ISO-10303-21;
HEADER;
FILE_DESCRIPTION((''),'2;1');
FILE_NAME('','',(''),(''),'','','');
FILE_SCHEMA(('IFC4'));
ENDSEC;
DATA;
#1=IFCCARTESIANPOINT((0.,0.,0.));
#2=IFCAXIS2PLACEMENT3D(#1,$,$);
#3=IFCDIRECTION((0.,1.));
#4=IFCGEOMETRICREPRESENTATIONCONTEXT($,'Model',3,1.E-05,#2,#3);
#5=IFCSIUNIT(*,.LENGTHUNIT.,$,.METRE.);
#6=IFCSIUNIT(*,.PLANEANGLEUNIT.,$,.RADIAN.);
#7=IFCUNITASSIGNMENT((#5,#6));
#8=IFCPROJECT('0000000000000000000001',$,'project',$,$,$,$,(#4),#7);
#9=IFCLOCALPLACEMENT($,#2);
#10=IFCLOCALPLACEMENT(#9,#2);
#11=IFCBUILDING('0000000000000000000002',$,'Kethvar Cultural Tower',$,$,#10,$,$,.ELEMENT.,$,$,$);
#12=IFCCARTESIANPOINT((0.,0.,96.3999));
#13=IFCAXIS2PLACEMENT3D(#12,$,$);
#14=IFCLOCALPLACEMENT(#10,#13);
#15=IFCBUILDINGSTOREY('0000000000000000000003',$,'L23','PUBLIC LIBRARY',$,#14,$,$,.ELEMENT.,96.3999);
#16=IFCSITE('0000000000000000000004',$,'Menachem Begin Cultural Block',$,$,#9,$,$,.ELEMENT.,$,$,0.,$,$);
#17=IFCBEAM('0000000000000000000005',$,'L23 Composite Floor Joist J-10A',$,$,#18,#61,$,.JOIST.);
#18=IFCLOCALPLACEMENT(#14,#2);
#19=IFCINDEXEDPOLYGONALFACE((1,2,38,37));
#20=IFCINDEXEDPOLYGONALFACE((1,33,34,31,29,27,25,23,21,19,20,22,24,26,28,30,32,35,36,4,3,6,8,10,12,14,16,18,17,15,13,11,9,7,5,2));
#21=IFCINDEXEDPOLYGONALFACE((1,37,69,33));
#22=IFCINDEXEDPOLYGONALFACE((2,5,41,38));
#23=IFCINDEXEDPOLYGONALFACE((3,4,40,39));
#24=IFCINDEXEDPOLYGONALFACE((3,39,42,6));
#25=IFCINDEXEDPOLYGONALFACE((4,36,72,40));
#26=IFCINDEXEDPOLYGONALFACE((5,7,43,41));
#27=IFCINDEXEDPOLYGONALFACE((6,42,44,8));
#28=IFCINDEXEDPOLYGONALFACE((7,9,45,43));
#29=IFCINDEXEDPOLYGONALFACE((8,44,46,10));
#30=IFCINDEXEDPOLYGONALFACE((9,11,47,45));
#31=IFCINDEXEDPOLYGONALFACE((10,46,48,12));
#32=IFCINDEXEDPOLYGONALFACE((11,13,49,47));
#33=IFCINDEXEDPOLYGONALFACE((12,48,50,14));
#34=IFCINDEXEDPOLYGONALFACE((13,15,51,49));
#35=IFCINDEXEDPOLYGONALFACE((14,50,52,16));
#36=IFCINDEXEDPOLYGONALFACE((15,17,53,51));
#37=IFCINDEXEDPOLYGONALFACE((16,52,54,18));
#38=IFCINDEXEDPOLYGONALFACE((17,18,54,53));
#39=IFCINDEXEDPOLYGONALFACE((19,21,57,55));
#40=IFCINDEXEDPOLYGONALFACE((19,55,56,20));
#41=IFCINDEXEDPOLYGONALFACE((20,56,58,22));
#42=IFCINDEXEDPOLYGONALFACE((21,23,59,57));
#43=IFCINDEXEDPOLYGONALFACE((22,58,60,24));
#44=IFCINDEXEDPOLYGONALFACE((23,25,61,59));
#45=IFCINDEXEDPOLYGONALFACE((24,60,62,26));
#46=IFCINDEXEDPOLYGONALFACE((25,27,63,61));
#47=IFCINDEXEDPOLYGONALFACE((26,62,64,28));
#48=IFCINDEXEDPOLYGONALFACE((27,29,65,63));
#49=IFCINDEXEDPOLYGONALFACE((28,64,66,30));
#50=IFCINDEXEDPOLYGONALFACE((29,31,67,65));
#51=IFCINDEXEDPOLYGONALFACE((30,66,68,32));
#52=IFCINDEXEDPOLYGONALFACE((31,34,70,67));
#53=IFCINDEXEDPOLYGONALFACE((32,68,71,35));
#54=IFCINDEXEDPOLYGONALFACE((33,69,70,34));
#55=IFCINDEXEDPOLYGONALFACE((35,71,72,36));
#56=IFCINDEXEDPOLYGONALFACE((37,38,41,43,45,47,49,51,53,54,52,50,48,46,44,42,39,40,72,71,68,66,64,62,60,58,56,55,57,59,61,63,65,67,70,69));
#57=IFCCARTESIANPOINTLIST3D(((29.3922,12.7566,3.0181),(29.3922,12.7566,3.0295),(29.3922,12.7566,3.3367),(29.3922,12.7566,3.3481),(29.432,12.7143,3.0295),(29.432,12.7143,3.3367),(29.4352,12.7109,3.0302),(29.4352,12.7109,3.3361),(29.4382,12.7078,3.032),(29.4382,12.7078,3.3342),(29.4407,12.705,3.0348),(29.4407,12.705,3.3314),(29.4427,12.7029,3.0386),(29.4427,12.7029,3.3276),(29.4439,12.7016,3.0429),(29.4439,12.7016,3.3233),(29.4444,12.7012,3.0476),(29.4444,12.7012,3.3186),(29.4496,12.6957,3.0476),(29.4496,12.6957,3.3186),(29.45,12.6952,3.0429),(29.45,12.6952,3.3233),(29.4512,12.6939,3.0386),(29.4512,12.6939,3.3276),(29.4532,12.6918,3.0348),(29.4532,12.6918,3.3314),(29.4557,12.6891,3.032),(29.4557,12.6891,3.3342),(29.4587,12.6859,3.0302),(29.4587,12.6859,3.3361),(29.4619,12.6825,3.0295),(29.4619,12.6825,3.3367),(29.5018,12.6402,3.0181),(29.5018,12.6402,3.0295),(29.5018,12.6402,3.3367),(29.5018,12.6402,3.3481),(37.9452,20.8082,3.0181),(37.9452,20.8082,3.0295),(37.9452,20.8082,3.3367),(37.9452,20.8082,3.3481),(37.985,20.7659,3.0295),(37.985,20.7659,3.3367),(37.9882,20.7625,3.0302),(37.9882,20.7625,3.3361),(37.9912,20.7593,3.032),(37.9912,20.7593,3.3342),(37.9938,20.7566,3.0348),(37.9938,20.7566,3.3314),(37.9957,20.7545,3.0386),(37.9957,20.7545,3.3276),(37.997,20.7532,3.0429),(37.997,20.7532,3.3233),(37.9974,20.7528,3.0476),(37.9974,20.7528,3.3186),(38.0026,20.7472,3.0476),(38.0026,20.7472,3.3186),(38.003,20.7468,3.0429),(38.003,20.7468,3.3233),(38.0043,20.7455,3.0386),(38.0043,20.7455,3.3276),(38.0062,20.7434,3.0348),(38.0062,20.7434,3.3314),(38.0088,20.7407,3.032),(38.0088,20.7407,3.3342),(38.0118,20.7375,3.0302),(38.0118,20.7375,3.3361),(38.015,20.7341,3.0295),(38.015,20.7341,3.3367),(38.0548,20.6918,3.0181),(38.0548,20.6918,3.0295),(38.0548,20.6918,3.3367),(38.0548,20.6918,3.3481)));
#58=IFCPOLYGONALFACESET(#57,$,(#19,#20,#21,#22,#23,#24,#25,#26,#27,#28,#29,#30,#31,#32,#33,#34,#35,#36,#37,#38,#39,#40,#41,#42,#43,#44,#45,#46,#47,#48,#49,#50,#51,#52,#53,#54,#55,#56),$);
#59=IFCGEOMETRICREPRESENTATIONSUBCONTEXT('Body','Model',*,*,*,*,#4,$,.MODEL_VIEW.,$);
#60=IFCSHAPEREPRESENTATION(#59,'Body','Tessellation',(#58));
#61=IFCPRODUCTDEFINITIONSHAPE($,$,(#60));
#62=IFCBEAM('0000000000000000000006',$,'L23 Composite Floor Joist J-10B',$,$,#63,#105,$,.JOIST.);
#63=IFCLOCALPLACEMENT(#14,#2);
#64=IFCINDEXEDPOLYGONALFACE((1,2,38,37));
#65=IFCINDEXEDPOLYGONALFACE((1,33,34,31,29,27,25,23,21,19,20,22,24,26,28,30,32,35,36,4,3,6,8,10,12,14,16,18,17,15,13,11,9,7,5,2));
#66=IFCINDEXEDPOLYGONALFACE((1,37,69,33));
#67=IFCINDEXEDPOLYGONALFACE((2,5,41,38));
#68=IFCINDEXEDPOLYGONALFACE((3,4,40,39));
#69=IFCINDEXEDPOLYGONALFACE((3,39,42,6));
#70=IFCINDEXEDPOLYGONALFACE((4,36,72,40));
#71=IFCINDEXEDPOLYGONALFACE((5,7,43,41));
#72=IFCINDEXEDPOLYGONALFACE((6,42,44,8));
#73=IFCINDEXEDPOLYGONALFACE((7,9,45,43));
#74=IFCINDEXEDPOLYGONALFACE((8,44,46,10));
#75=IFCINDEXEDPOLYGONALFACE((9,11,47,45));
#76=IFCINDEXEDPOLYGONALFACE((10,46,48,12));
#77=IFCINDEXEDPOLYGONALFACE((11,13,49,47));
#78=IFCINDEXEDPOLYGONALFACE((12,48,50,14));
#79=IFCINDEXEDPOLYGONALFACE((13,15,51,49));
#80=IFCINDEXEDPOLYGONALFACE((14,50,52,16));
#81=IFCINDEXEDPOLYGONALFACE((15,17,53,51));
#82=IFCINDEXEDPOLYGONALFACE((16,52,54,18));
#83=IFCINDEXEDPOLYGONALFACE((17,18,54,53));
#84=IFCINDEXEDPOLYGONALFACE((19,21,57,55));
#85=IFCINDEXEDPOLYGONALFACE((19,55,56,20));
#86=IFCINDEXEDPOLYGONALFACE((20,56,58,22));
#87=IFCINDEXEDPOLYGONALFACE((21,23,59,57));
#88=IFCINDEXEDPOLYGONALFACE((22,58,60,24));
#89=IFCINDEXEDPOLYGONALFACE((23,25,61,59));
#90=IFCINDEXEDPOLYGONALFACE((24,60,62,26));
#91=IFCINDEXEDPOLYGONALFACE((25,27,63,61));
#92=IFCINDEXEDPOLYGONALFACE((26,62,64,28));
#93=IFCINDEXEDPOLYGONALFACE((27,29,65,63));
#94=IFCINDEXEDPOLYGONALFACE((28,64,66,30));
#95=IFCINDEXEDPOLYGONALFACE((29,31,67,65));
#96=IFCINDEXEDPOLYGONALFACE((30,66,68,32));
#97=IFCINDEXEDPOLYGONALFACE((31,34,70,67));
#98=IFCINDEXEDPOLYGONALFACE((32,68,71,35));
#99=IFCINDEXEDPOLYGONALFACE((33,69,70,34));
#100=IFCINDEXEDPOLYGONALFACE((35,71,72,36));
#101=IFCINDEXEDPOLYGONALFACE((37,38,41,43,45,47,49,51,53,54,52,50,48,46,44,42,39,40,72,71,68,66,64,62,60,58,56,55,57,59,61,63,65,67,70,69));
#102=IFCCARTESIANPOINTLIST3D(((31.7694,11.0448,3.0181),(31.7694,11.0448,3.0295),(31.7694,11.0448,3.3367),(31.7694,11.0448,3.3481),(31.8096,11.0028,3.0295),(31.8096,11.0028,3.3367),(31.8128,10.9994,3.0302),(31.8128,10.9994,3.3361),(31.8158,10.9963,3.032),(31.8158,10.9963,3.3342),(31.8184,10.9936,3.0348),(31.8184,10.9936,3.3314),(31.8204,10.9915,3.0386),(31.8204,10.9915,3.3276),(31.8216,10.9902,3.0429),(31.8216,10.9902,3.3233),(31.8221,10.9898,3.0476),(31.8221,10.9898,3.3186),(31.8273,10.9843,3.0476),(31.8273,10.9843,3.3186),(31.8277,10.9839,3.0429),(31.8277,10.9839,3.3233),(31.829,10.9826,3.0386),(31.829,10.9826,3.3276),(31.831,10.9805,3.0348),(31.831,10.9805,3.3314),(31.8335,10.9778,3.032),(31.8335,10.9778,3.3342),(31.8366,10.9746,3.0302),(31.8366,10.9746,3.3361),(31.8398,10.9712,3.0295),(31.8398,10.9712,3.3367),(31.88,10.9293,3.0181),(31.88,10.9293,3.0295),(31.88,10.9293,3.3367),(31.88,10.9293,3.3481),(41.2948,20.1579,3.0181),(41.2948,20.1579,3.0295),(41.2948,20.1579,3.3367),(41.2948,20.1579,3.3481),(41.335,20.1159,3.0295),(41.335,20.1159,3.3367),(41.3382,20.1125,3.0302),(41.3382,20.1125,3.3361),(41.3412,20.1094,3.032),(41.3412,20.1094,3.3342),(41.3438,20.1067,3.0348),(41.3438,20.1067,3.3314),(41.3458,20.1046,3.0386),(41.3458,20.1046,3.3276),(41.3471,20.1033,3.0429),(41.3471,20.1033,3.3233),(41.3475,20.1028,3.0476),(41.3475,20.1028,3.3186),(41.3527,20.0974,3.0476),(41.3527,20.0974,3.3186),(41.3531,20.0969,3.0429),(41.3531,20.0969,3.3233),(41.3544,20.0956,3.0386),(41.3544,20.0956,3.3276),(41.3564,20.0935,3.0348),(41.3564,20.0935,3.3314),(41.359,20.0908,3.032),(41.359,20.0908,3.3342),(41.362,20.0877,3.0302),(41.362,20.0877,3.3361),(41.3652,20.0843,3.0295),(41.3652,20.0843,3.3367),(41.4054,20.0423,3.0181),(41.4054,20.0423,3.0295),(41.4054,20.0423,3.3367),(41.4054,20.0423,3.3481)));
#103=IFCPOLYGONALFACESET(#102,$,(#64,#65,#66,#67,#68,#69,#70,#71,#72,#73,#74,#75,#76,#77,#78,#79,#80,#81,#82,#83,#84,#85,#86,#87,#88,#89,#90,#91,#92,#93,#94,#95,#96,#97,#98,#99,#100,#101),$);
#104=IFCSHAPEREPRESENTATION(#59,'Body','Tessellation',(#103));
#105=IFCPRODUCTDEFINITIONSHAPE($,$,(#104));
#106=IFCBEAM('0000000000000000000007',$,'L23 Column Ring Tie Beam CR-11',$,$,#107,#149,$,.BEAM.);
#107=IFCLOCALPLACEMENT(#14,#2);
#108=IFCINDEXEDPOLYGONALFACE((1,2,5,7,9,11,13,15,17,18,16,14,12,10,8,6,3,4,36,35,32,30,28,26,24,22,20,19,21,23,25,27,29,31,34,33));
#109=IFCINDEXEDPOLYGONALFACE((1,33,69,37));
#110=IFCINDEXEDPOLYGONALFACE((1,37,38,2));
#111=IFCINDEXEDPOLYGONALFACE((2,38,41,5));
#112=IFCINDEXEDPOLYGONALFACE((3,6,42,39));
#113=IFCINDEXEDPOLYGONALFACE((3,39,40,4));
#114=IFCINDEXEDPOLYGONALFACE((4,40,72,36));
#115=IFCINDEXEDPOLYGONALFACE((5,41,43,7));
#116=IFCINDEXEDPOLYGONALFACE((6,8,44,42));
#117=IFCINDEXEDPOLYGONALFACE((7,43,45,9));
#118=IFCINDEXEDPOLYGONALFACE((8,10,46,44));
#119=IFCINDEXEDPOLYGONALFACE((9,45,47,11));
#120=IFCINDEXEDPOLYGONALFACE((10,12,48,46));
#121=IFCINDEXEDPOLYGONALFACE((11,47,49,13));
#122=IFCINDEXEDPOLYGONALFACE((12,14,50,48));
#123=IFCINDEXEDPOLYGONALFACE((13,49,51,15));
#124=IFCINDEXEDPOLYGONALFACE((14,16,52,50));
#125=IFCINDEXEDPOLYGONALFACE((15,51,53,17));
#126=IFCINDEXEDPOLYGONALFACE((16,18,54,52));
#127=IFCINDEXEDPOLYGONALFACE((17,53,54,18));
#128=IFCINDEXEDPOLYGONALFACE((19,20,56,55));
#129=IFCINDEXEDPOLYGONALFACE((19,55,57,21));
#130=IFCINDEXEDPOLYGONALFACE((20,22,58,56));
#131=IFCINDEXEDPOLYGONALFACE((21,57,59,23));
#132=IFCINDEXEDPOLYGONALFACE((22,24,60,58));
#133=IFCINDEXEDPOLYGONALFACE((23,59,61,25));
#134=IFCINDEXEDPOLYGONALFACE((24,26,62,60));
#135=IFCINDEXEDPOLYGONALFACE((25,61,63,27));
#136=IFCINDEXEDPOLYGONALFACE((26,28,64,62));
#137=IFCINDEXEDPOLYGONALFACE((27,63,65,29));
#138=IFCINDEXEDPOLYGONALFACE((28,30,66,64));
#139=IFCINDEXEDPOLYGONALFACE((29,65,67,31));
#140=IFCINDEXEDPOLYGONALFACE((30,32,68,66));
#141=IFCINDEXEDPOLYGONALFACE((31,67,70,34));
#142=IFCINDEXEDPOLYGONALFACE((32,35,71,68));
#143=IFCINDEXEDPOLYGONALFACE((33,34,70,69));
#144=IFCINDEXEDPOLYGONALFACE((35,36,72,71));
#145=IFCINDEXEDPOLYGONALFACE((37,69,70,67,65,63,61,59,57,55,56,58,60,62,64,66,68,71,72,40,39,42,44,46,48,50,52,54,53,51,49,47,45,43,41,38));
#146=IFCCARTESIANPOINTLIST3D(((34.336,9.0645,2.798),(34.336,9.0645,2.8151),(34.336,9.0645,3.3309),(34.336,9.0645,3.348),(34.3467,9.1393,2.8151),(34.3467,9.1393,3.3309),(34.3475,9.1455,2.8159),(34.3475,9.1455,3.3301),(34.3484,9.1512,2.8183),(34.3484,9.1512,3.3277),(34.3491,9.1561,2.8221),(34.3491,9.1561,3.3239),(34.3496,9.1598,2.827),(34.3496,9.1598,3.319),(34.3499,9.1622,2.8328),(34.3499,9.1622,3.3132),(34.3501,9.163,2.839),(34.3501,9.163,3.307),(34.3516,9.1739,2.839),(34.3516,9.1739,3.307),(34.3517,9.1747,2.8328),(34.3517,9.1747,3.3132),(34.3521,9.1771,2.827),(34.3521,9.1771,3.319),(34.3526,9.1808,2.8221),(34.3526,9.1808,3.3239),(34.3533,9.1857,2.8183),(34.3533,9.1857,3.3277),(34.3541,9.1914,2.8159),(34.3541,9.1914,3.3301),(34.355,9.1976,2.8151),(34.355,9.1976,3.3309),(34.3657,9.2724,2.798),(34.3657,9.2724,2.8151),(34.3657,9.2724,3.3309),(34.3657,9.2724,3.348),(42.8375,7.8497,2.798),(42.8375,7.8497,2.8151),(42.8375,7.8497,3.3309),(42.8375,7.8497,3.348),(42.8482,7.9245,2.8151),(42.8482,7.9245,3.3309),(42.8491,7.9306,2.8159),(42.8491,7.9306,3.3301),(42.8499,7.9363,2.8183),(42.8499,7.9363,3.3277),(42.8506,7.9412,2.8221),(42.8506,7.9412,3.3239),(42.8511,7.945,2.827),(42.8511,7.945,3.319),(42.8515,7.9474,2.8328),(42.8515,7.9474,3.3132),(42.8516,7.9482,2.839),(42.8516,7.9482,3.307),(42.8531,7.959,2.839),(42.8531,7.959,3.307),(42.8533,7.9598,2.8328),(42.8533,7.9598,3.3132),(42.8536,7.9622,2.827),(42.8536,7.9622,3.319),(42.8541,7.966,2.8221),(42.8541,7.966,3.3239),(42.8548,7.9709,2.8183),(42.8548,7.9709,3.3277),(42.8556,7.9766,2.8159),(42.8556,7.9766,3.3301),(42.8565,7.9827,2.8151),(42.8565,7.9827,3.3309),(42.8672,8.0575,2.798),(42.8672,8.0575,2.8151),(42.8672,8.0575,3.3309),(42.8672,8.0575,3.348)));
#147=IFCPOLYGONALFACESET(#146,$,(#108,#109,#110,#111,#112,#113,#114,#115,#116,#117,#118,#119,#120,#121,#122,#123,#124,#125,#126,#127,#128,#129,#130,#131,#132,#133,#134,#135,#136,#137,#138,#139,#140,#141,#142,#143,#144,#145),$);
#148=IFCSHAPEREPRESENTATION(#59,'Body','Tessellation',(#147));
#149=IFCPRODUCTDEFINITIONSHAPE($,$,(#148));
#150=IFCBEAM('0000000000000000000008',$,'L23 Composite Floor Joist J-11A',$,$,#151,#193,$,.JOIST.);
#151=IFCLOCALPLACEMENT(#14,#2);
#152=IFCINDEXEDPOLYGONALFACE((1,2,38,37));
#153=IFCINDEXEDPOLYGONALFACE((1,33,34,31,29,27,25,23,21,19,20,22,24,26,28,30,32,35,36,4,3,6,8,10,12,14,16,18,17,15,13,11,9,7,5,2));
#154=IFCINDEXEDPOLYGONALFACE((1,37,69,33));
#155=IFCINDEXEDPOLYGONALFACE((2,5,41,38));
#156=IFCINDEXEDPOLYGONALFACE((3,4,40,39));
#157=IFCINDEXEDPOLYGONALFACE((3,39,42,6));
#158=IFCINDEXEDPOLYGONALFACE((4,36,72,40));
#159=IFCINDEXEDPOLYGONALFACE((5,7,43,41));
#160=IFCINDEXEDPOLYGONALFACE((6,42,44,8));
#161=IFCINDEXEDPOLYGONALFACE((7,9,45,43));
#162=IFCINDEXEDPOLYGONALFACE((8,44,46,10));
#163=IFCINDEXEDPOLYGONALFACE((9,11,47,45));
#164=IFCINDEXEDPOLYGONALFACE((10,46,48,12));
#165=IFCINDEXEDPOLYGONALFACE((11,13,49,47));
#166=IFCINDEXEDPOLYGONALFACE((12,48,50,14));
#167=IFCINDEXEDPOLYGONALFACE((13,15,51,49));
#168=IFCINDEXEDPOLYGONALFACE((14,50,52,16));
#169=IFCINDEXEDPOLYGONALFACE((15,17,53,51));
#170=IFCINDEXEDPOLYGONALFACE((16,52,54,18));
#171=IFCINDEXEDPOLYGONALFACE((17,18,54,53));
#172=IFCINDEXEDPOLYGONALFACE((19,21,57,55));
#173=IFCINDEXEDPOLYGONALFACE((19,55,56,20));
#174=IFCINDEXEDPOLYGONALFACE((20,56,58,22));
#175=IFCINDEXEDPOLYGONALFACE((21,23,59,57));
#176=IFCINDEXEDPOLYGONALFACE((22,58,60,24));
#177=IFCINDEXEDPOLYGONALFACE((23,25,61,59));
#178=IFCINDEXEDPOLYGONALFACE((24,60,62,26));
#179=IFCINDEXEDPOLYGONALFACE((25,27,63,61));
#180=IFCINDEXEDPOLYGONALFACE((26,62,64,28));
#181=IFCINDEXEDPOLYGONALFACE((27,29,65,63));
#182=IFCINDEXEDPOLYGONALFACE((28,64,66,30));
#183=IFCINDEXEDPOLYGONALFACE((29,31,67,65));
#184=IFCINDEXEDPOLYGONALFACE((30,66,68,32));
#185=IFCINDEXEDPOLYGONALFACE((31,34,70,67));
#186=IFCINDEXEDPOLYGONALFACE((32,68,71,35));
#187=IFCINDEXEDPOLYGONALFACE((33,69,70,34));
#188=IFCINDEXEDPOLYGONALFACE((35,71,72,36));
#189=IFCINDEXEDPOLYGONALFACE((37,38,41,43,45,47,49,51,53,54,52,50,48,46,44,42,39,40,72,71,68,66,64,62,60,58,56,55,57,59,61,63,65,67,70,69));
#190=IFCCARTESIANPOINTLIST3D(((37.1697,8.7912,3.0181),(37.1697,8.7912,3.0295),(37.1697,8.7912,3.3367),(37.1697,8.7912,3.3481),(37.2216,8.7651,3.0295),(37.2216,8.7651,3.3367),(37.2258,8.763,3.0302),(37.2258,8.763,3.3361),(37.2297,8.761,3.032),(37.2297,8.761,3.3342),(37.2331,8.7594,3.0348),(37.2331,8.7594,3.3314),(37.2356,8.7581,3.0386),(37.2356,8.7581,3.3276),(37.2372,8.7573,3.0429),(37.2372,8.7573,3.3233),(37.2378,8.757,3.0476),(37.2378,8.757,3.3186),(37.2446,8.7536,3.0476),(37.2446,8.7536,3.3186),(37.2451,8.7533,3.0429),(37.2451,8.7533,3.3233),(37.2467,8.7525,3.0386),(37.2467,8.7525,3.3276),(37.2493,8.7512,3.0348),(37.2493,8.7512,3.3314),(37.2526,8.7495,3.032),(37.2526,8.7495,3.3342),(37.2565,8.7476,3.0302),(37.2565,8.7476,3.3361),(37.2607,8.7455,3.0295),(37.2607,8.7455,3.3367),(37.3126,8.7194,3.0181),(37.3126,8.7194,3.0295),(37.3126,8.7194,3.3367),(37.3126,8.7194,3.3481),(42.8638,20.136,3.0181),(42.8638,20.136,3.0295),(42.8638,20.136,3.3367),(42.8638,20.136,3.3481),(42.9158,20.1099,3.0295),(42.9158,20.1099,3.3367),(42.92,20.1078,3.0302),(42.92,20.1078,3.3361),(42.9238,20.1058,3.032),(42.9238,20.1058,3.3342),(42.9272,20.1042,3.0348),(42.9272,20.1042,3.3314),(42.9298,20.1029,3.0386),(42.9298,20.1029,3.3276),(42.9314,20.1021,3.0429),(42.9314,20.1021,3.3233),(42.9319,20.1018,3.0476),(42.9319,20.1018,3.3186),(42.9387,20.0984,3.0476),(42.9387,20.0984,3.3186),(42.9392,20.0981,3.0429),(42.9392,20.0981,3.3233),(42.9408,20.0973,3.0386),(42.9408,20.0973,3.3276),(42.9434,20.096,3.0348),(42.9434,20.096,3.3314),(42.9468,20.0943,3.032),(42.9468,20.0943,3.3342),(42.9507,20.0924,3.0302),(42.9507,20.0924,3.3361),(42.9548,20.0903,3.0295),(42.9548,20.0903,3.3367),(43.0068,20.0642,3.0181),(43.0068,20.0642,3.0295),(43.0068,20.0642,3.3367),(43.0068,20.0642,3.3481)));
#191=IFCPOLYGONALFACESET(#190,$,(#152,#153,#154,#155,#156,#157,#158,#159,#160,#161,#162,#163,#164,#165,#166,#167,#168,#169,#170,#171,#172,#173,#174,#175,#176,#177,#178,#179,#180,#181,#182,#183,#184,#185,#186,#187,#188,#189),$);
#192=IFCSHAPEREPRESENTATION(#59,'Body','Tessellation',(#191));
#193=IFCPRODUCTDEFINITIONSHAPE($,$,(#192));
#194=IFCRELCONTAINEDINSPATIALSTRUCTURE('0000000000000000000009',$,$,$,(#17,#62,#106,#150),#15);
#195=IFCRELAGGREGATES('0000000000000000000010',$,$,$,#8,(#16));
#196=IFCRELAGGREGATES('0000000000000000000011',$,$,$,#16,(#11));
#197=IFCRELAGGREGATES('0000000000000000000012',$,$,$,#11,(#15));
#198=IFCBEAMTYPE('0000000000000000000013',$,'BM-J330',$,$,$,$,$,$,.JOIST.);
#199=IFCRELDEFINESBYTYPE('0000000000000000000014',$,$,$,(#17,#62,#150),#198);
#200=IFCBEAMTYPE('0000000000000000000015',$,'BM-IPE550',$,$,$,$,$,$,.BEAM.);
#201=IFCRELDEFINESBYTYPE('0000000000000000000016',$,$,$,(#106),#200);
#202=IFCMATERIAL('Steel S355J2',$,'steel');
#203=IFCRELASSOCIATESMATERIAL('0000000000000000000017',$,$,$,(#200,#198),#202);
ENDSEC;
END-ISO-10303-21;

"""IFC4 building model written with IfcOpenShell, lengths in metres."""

from ifc_helpers import new_model, si_unit, direction, frame, origin, origin_2d, place, context, subcontext, project, spatial, i_section, extrude, source, transform, mapped, material, material_profile, profile_set, type_object, element, save


model = new_model("IFC4")

# Units and contexts
model_context = context("Model", 3, precision=1e-05, world=origin(), true_north=direction((0.0, 1.0)))
body_context = subcontext(model_context, "Body", "Model", "MODEL_VIEW")
ifc_project = project(units=[si_unit("LENGTHUNIT", "METRE"), si_unit("PLANEANGLEUNIT", "RADIAN")], contexts=[model_context])

# Site, building, storey
site_placement = place(None, origin())
site = spatial("IfcSite", under=ifc_project, at=site_placement, Name="Menachem Begin Cultural Block", CompositionType="ELEMENT", RefElevation=0.0)
building_placement = place(site_placement, origin())
building = spatial("IfcBuilding", under=site, at=building_placement, Name="Kethvar Cultural Tower", CompositionType="ELEMENT")
storey_placement = place(building_placement, frame((0.0, 0.0, 96.3999)))
storey = spatial("IfcBuildingStorey", under=building, at=storey_placement, Name="L23", Description="PUBLIC LIBRARY", CompositionType="ELEMENT", Elevation=96.3999)

# Beams
ifc_material_1 = material(Name="Steel S355J2", Category="steel")
ifc_material_profile_1 = material_profile(ifc_material_1, i_section(OverallWidth=0.21, OverallDepth=0.55, WebThickness=0.011, FlangeThickness=0.0171, FilletRadius=0.0239, at=origin_2d()), Name="Steel S355J2 — IPE550")
ifc_profile_set_1 = profile_set([ifc_material_profile_1], Name="Steel S355J2 — IPE550")
beam_type_1 = type_object("IfcBeamType", Name="BM-IPE550", PredefinedType="BEAM", material=ifc_profile_set_1)
ifc_material_profile_2 = material_profile(ifc_material_1, i_section(OverallWidth=0.1599, OverallDepth=0.3301, WebThickness=0.0076, FlangeThickness=0.0115, FilletRadius=0.0181, at=origin_2d()), Name="Steel S355J2 — IPE330")
ifc_profile_set_2 = profile_set([ifc_material_profile_2], Name="Steel S355J2 — IPE330")
beam_type_2 = type_object("IfcBeamType", Name="BM-J330", PredefinedType="JOIST", material=ifc_profile_set_2)
shared_shape_1 = source(origin(), body_context, "Body", "SweptSolid", [
    extrude(i_section(OverallWidth=0.1599, OverallDepth=0.3301, WebThickness=0.0076, FlangeThickness=0.0115, FilletRadius=0.0181, at=origin_2d()), origin(), (0.0, 0.0, 1.0), 11.7466),
])
beam_1_placement = place(storey_placement, frame((38.0, 20.75, 3.1831), z_axis=(-0.72813, -0.685439, 0.0), x_axis=(0.685439, -0.72813, 0.0)))
element("IfcBeam", 1, at=beam_1_placement, inside=storey, type_object=beam_type_2, Name="L23 Composite Floor Joist J-10A", PredefinedType="JOIST", context=body_context, shape_type="MappedRepresentation", body=[
    mapped(shared_shape_1, transform((0.0, 0.0, 0.0), scale=1.0)),
])
shared_shape_2 = source(origin(), body_context, "Body", "SweptSolid", [
    extrude(i_section(OverallWidth=0.1599, OverallDepth=0.3301, WebThickness=0.0076, FlangeThickness=0.0115, FilletRadius=0.0181, at=origin_2d()), origin(), (0.0, 0.0, 1.0), 13.1826),
])
beam_2_placement = place(storey_placement, frame((41.3501, 20.1001, 3.1831), z_axis=(-0.722574, -0.691294, 0.0), x_axis=(0.691294, -0.722574, 0.0)))
element("IfcBeam", 2, at=beam_2_placement, inside=storey, type_object=beam_type_2, Name="L23 Composite Floor Joist J-10B", PredefinedType="JOIST", context=body_context, shape_type="MappedRepresentation", body=[
    mapped(shared_shape_2, transform((0.0, 0.0, 0.0), scale=1.0)),
])
shared_shape_3 = source(origin(), body_context, "Body", "SweptSolid", [
    extrude(i_section(OverallWidth=0.21, OverallDepth=0.55, WebThickness=0.011, FlangeThickness=0.0171, FilletRadius=0.0239, at=origin_2d()), origin(), (0.0, 0.0, 1.0), 8.5879),
])
beam_3_placement = place(storey_placement, frame((34.3508, 9.1685, 3.073), z_axis=(0.989944, -0.141461, 0.0), x_axis=(0.141461, 0.989944, 0.0)))
element("IfcBeam", 3, at=beam_3_placement, inside=storey, type_object=beam_type_1, Name="L23 Column Ring Tie Beam CR-11", PredefinedType="BEAM", context=body_context, shape_type="MappedRepresentation", body=[
    mapped(shared_shape_3, transform((0.0, 0.0, 0.0), scale=1.0)),
])
shared_shape_4 = source(origin(), body_context, "Body", "SweptSolid", [
    extrude(i_section(OverallWidth=0.1599, OverallDepth=0.3301, WebThickness=0.0076, FlangeThickness=0.0115, FilletRadius=0.0181, at=origin_2d()), origin(), (0.0, 0.0, 1.0), 12.6936),
])
beam_4_placement = place(storey_placement, frame((42.9353, 20.1001, 3.1831), z_axis=(-0.448582, -0.893741, 0.0), x_axis=(0.893741, -0.448582, 0.0)))
element("IfcBeam", 4, at=beam_4_placement, inside=storey, type_object=beam_type_2, Name="L23 Composite Floor Joist J-11A", PredefinedType="JOIST", context=body_context, shape_type="MappedRepresentation", body=[
    mapped(shared_shape_4, transform((0.0, 0.0, 0.0), scale=1.0)),
])

save(model, "model.ifc")
